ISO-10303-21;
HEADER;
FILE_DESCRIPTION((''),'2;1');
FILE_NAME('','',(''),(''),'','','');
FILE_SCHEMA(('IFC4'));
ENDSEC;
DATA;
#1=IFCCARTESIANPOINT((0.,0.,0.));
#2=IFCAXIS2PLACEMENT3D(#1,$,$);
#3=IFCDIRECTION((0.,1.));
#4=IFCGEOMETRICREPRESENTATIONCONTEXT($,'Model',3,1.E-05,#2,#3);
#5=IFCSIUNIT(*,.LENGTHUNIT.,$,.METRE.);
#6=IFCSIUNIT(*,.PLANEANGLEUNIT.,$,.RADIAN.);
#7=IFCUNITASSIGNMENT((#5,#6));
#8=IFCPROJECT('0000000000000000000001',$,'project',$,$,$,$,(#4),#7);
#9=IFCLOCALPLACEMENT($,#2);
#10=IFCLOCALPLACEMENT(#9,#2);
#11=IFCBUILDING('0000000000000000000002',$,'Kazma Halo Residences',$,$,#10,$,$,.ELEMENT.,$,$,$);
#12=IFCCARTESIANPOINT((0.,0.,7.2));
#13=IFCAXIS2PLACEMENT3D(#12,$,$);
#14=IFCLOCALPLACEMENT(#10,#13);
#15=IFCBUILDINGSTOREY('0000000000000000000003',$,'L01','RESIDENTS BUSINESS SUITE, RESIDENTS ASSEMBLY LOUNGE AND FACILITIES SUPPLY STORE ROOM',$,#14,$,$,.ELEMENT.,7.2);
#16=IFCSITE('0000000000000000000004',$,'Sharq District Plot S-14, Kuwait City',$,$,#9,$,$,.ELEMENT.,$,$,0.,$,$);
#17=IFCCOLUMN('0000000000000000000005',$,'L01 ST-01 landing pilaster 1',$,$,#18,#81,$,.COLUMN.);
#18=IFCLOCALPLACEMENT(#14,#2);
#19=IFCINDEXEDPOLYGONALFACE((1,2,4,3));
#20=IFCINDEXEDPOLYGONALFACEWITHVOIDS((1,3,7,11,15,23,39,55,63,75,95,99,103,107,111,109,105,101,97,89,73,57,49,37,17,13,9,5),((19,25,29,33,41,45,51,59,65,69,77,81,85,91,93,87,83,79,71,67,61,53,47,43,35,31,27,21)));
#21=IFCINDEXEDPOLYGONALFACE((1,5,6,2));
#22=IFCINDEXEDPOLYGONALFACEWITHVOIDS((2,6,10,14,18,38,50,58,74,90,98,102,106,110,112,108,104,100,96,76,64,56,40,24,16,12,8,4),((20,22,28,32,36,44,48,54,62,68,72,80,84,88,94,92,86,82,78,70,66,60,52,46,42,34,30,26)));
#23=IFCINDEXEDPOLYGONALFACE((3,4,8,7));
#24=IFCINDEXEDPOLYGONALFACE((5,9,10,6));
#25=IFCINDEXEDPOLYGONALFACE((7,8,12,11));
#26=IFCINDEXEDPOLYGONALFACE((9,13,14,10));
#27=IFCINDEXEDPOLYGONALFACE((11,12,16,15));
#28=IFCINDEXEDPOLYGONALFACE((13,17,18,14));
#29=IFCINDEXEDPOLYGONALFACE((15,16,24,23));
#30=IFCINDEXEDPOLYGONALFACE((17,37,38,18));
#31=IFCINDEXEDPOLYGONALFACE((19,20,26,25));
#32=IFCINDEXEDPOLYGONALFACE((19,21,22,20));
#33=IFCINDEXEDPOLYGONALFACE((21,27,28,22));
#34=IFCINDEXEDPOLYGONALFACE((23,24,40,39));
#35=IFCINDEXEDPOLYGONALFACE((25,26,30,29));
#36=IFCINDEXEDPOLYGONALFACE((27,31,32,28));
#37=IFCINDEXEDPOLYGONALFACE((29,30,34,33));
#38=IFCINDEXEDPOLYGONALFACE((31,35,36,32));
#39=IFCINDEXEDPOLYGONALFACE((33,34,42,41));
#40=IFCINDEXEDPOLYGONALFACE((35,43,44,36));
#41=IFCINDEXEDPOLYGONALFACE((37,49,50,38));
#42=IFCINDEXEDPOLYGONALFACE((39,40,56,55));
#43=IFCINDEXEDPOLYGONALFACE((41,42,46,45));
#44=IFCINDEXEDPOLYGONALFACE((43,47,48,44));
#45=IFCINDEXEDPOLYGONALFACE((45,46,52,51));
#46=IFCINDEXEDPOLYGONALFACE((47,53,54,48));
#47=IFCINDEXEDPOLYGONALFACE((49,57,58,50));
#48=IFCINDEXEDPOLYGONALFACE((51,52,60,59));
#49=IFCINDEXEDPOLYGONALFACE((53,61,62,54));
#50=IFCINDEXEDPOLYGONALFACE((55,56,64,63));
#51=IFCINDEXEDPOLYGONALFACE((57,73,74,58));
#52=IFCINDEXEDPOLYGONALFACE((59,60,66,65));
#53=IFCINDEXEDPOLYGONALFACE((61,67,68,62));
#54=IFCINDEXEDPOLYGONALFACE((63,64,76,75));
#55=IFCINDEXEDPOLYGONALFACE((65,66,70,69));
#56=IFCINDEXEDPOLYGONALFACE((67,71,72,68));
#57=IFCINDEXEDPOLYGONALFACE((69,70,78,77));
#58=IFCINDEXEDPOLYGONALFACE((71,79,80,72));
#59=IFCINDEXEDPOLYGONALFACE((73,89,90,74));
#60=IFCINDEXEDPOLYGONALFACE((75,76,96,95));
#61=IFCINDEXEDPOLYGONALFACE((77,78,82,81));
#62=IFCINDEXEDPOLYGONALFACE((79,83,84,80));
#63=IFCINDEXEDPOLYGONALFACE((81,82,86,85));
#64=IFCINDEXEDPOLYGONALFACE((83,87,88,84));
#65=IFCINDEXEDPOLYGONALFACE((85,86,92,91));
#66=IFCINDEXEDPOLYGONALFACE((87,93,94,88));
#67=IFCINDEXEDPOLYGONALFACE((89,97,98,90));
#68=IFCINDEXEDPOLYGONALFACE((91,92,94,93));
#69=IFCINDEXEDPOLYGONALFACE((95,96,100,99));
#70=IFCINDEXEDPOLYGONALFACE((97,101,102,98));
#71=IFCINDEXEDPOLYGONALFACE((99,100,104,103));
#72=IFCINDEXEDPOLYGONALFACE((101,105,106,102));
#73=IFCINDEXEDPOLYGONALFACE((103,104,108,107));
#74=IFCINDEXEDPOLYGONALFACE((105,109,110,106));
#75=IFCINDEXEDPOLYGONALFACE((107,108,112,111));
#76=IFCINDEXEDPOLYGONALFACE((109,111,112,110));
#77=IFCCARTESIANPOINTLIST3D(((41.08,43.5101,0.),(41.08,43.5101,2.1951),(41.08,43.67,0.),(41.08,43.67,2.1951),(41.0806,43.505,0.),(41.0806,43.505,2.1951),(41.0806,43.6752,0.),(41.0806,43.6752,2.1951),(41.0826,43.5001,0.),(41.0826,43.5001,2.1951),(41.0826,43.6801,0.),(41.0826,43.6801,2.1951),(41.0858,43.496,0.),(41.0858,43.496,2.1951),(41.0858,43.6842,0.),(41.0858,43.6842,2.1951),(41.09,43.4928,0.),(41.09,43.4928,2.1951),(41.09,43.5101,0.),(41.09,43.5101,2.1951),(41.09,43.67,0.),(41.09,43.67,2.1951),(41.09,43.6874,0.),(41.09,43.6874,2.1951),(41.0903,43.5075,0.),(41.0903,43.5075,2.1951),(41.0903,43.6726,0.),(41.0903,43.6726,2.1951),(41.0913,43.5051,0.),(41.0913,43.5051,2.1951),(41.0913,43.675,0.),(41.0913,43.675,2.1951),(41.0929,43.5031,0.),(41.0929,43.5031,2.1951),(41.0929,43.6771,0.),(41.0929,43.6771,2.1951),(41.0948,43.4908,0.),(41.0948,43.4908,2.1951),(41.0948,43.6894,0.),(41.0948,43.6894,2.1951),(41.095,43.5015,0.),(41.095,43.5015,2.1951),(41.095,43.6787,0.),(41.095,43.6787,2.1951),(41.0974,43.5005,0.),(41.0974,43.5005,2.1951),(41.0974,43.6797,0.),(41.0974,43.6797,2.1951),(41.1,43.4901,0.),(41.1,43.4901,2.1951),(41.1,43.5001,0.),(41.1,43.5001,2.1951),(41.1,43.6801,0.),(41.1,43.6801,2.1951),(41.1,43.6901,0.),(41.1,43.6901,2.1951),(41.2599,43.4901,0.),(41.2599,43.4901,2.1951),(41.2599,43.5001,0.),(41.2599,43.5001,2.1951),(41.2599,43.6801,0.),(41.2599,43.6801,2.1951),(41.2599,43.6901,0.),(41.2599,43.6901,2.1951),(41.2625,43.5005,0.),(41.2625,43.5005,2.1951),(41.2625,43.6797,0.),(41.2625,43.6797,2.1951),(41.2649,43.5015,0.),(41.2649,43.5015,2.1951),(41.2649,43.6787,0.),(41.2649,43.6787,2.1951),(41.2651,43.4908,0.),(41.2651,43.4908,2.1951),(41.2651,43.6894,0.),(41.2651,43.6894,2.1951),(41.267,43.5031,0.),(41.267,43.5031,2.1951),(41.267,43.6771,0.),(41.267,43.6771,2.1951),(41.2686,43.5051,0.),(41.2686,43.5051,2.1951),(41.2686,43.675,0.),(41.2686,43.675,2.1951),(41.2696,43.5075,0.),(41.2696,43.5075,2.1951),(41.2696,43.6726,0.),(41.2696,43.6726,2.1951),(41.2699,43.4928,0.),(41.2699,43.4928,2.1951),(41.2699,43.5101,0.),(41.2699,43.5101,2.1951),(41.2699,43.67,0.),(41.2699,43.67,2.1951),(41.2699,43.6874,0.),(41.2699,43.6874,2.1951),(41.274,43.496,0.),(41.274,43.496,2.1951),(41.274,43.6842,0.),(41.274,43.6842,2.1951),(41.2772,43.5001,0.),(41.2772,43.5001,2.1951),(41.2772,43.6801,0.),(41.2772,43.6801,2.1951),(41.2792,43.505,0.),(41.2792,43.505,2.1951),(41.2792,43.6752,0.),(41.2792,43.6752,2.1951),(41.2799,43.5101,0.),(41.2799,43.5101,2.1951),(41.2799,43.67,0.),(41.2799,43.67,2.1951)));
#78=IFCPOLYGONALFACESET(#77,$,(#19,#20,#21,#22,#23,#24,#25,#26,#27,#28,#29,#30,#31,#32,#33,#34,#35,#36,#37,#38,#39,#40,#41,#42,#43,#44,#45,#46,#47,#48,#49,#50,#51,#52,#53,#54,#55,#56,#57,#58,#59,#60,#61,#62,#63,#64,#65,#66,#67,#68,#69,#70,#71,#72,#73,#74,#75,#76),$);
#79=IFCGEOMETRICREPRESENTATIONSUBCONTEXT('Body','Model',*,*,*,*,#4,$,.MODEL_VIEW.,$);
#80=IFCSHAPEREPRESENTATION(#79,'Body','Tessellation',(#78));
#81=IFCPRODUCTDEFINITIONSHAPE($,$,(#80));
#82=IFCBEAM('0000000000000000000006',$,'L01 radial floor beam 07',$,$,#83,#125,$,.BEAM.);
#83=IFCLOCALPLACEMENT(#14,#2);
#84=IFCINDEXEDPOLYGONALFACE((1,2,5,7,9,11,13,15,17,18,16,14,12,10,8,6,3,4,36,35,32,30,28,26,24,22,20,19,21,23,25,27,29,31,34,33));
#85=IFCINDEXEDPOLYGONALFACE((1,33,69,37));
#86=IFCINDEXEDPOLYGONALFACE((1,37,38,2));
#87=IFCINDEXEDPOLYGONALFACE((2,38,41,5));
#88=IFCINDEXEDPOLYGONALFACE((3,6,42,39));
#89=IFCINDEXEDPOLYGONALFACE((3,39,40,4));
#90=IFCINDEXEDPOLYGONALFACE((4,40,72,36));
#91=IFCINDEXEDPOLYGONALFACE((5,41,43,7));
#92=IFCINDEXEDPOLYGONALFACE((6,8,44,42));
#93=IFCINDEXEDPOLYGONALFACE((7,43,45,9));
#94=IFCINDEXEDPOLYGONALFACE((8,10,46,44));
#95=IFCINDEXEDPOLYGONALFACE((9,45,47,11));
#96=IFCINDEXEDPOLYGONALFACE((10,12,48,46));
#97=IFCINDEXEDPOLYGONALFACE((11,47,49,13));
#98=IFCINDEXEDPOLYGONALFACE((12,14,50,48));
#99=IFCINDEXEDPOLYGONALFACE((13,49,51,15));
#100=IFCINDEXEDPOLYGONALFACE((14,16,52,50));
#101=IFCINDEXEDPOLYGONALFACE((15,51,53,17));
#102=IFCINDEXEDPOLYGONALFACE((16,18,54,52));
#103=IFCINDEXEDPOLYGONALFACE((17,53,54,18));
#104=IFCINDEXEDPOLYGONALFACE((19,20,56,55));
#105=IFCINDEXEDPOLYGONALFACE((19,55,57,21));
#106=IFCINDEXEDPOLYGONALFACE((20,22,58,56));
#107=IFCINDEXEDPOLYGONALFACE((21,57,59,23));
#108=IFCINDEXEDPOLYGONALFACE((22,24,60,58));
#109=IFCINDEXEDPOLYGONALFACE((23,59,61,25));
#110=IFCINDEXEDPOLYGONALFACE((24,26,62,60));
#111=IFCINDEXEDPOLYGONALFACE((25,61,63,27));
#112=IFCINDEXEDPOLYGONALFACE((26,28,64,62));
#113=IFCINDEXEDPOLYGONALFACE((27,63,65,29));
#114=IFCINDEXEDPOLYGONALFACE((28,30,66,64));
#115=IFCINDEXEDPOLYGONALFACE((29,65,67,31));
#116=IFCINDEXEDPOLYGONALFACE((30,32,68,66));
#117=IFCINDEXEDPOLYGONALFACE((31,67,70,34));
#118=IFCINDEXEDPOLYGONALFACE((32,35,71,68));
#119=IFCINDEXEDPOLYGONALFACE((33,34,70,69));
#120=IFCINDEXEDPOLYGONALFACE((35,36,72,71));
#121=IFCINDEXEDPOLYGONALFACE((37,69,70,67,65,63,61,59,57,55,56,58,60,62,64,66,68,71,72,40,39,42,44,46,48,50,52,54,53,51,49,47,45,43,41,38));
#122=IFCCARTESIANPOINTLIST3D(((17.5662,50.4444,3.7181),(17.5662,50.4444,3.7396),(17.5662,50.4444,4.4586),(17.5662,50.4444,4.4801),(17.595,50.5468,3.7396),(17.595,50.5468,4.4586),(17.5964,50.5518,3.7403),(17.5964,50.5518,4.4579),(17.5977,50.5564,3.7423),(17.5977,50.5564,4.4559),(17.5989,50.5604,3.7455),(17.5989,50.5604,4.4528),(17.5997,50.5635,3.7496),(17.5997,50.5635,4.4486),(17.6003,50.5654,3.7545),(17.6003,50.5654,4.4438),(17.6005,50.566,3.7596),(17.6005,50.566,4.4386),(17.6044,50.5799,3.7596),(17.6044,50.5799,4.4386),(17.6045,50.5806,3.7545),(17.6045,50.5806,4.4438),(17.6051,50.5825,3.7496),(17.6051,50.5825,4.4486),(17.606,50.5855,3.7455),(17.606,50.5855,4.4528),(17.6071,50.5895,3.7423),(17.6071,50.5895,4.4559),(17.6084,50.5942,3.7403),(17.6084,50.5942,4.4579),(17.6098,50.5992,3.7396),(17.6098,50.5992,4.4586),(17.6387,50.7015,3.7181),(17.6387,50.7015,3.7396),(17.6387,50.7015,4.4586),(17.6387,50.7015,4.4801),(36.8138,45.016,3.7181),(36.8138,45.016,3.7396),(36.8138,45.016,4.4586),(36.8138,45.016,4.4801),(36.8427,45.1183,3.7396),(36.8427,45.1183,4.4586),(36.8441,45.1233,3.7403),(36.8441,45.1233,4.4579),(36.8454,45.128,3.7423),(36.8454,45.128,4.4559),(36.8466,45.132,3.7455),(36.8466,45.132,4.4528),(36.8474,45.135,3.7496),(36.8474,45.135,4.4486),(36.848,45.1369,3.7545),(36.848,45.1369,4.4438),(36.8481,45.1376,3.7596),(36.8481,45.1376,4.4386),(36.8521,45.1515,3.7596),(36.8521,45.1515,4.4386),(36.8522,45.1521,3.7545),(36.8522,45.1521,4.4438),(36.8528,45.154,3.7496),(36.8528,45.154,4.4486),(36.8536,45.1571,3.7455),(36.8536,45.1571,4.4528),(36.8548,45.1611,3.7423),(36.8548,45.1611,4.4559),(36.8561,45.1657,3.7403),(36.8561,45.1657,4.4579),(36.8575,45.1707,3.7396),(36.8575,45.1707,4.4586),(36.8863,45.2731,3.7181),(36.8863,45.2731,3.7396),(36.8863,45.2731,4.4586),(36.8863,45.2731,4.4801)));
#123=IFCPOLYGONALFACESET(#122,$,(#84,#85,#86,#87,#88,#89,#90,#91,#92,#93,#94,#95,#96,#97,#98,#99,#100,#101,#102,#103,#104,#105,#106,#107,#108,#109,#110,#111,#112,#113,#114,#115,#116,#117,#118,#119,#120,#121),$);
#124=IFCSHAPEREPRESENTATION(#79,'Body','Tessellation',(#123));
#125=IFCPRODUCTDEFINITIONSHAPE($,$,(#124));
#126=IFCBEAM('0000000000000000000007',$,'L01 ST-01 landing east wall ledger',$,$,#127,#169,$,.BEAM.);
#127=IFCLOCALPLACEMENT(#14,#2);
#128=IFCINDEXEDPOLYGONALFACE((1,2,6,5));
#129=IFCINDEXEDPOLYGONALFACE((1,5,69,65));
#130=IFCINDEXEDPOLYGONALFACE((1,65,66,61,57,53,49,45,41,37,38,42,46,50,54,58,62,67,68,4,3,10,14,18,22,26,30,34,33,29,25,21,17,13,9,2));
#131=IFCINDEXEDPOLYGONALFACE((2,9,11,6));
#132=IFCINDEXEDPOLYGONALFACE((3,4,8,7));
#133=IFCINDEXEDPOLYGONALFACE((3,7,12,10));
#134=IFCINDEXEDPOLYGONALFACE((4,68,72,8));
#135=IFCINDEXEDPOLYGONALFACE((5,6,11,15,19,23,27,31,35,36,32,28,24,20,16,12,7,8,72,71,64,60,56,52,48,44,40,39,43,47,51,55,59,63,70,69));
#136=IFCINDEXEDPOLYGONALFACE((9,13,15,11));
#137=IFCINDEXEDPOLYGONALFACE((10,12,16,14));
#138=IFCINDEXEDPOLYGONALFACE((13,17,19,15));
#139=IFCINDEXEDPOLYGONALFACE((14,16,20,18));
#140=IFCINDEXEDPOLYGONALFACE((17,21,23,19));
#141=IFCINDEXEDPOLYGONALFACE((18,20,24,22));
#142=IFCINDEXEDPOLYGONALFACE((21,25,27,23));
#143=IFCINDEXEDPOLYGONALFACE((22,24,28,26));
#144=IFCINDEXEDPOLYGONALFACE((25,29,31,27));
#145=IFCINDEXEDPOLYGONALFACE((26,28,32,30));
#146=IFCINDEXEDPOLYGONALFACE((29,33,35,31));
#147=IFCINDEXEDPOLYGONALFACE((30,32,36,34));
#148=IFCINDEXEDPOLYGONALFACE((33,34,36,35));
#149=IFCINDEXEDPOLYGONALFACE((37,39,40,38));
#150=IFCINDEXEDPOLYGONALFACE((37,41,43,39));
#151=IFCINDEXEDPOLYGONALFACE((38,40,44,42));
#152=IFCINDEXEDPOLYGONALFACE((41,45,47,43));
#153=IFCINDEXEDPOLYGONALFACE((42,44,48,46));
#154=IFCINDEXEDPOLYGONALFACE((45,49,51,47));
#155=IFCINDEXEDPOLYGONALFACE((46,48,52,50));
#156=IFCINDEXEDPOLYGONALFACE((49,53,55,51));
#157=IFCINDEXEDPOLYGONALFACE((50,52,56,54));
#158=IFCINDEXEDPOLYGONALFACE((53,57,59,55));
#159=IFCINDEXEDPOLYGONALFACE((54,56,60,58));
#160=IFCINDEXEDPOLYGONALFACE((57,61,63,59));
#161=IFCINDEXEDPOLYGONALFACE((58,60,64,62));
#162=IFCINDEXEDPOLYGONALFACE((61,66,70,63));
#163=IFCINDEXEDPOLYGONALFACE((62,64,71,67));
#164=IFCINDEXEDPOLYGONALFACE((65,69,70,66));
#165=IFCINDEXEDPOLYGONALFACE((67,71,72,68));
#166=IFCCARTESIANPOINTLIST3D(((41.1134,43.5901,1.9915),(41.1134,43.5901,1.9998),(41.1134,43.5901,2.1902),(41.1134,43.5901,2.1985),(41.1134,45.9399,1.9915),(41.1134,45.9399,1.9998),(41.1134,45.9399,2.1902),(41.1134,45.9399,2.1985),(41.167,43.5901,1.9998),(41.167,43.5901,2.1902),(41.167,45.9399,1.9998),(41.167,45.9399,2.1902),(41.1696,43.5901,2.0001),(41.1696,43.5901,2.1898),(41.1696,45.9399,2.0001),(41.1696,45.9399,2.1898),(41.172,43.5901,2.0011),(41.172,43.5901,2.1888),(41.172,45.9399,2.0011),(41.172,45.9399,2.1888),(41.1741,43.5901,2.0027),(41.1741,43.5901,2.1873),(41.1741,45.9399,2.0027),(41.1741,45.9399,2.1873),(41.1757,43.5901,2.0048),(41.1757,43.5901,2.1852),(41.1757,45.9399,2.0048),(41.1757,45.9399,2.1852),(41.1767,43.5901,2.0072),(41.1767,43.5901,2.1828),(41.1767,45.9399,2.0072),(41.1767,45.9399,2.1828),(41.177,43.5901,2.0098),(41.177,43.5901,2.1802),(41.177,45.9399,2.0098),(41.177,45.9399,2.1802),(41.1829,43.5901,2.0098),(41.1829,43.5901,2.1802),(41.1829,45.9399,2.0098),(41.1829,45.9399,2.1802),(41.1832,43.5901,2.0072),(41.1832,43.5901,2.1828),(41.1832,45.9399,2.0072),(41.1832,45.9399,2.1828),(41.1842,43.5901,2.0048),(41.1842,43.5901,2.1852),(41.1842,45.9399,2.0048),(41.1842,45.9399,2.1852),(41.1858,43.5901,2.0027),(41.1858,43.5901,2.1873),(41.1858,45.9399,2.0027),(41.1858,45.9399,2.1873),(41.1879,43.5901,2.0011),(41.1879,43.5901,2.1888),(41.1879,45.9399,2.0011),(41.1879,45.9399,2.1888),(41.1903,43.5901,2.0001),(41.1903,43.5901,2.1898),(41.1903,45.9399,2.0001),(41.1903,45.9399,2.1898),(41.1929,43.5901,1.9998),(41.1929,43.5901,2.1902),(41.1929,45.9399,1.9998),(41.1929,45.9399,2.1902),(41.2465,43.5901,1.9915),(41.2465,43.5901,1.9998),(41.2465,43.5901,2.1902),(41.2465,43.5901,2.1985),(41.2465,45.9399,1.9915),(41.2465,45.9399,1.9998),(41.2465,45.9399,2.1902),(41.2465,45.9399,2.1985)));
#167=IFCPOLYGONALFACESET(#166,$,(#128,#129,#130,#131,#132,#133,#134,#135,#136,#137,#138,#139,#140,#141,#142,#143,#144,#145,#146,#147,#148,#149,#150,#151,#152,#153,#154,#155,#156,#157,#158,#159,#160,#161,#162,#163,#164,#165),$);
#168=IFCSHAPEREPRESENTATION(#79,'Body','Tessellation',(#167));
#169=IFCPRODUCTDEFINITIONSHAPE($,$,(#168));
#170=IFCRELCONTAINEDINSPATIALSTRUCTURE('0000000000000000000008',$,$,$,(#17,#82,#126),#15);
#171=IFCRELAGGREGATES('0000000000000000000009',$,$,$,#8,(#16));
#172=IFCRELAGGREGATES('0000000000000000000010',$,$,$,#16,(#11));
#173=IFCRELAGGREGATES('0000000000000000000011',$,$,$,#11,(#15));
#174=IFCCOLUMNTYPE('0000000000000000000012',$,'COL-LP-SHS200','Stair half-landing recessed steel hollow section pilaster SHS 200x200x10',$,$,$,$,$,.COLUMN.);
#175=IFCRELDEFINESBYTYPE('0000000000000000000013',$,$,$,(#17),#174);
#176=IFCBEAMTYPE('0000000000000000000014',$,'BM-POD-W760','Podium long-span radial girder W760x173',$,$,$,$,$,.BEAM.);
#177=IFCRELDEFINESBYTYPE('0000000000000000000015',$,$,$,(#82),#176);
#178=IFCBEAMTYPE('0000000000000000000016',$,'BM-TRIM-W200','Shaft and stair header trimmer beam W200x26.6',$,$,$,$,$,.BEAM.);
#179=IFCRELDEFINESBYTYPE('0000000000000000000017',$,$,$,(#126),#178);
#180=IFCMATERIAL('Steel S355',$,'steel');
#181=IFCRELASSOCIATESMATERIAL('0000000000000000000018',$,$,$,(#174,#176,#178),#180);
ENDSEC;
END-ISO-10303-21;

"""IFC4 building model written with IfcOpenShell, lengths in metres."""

from ifc_helpers import new_model, si_unit, direction, frame, origin, origin_2d, place, context, subcontext, project, spatial, hollow_rectangle, i_section, extrude, material, material_profile, profile_set, type_object, element, save


model = new_model("IFC4")

# Units and contexts
model_context = context("Model", 3, precision=1e-05, world=origin(), true_north=direction((0.0, 1.0)))
body_context = subcontext(model_context, "Body", "Model", "MODEL_VIEW")
ifc_project = project(units=[si_unit("LENGTHUNIT", "METRE"), si_unit("PLANEANGLEUNIT", "RADIAN")], contexts=[model_context])

# Site, building, storey
site_placement = place(None, origin())
site = spatial("IfcSite", under=ifc_project, at=site_placement, Name="Sharq District Plot S-14, Kuwait City", CompositionType="ELEMENT", RefElevation=0.0)
building_placement = place(site_placement, origin())
building = spatial("IfcBuilding", under=site, at=building_placement, Name="Kazma Halo Residences", CompositionType="ELEMENT")
storey_placement = place(building_placement, frame((0.0, 0.0, 7.2)))
storey = spatial("IfcBuildingStorey", under=building, at=storey_placement, Name="L01", Description="RESIDENTS BUSINESS SUITE, RESIDENTS ASSEMBLY LOUNGE AND FACILITIES SUPPLY STORE ROOM", CompositionType="ELEMENT", Elevation=7.2)

# Column
ifc_material_1 = material(Name="Steel S355", Category="steel")
ifc_material_profile_1 = material_profile(ifc_material_1, hollow_rectangle(XDim=0.2, YDim=0.2, WallThickness=0.01, InnerFilletRadius=0.01, OuterFilletRadius=0.02, at=origin_2d()), Name="SHS200x200x10")
ifc_profile_set_1 = profile_set([ifc_material_profile_1], Name="Steel S355")
column_type = type_object("IfcColumnType", Name="COL-LP-SHS200", Description="Stair half-landing recessed steel hollow section pilaster SHS 200x200x10", PredefinedType="COLUMN", material=ifc_profile_set_1)
column_placement = place(storey_placement, frame((41.1799, 43.5901, 0.0), z_axis=(0.0, 0.0, 1.0), x_axis=(1.0, 0.0, 0.0)))
element("IfcColumn", 1, at=column_placement, inside=storey, type_object=column_type, Name="L01 ST-01 landing pilaster 1", PredefinedType="COLUMN", context=body_context, shape_type="SweptSolid", body=[
    extrude(hollow_rectangle(XDim=0.2, YDim=0.2, WallThickness=0.01, InnerFilletRadius=0.01, OuterFilletRadius=0.02, at=origin_2d()), origin(), (0.0, 0.0, 1.0), 2.1951),
])

# Beams
ifc_material_profile_2 = material_profile(ifc_material_1, i_section(OverallWidth=0.2671, OverallDepth=0.762, WebThickness=0.0144, FlangeThickness=0.0215, FilletRadius=0.02, at=origin_2d()), Name="W760x173")
ifc_profile_set_2 = profile_set([ifc_material_profile_2], Name="Steel S355")
beam_type_1 = type_object("IfcBeamType", Name="BM-POD-W760", Description="Podium long-span radial girder W760x173", PredefinedType="BEAM", material=ifc_profile_set_2)
beam_1_placement = place(storey_placement, frame((36.8501, 45.1445, 4.0991), z_axis=(-0.962455, 0.271442, 0.0), x_axis=(-0.271442, -0.962455, 0.0)))
element("IfcBeam", 2, at=beam_1_placement, inside=storey, type_object=beam_type_1, Name="L01 radial floor beam 07", PredefinedType="BEAM", context=body_context, shape_type="SweptSolid", body=[
    extrude(i_section(OverallWidth=0.2671, OverallDepth=0.762, WebThickness=0.0144, FlangeThickness=0.0215, FilletRadius=0.02, at=origin_2d()), origin(), (0.0, 0.0, 1.0), 19.9985),
])
ifc_material_profile_3 = material_profile(ifc_material_1, i_section(OverallWidth=0.1331, OverallDepth=0.207, WebThickness=0.0059, FlangeThickness=0.0083, FilletRadius=0.01, at=origin_2d()), Name="W200x26.6")
ifc_profile_set_3 = profile_set([ifc_material_profile_3], Name="Steel S355")
beam_type_2 = type_object("IfcBeamType", Name="BM-TRIM-W200", Description="Shaft and stair header trimmer beam W200x26.6", PredefinedType="BEAM", material=ifc_profile_set_3)
beam_2_placement = place(storey_placement, frame((41.1799, 43.5901, 2.095), z_axis=(0.0, 1.0, 0.0), x_axis=(-1.0, 0.0, 0.0)))
element("IfcBeam", 3, at=beam_2_placement, inside=storey, type_object=beam_type_2, Name="L01 ST-01 landing east wall ledger", PredefinedType="BEAM", context=body_context, shape_type="SweptSolid", body=[
    extrude(i_section(OverallWidth=0.1331, OverallDepth=0.207, WebThickness=0.0059, FlangeThickness=0.0083, FilletRadius=0.01, at=origin_2d()), origin(), (0.0, 0.0, 1.0), 2.3499),
])

save(model, "model.ifc")
